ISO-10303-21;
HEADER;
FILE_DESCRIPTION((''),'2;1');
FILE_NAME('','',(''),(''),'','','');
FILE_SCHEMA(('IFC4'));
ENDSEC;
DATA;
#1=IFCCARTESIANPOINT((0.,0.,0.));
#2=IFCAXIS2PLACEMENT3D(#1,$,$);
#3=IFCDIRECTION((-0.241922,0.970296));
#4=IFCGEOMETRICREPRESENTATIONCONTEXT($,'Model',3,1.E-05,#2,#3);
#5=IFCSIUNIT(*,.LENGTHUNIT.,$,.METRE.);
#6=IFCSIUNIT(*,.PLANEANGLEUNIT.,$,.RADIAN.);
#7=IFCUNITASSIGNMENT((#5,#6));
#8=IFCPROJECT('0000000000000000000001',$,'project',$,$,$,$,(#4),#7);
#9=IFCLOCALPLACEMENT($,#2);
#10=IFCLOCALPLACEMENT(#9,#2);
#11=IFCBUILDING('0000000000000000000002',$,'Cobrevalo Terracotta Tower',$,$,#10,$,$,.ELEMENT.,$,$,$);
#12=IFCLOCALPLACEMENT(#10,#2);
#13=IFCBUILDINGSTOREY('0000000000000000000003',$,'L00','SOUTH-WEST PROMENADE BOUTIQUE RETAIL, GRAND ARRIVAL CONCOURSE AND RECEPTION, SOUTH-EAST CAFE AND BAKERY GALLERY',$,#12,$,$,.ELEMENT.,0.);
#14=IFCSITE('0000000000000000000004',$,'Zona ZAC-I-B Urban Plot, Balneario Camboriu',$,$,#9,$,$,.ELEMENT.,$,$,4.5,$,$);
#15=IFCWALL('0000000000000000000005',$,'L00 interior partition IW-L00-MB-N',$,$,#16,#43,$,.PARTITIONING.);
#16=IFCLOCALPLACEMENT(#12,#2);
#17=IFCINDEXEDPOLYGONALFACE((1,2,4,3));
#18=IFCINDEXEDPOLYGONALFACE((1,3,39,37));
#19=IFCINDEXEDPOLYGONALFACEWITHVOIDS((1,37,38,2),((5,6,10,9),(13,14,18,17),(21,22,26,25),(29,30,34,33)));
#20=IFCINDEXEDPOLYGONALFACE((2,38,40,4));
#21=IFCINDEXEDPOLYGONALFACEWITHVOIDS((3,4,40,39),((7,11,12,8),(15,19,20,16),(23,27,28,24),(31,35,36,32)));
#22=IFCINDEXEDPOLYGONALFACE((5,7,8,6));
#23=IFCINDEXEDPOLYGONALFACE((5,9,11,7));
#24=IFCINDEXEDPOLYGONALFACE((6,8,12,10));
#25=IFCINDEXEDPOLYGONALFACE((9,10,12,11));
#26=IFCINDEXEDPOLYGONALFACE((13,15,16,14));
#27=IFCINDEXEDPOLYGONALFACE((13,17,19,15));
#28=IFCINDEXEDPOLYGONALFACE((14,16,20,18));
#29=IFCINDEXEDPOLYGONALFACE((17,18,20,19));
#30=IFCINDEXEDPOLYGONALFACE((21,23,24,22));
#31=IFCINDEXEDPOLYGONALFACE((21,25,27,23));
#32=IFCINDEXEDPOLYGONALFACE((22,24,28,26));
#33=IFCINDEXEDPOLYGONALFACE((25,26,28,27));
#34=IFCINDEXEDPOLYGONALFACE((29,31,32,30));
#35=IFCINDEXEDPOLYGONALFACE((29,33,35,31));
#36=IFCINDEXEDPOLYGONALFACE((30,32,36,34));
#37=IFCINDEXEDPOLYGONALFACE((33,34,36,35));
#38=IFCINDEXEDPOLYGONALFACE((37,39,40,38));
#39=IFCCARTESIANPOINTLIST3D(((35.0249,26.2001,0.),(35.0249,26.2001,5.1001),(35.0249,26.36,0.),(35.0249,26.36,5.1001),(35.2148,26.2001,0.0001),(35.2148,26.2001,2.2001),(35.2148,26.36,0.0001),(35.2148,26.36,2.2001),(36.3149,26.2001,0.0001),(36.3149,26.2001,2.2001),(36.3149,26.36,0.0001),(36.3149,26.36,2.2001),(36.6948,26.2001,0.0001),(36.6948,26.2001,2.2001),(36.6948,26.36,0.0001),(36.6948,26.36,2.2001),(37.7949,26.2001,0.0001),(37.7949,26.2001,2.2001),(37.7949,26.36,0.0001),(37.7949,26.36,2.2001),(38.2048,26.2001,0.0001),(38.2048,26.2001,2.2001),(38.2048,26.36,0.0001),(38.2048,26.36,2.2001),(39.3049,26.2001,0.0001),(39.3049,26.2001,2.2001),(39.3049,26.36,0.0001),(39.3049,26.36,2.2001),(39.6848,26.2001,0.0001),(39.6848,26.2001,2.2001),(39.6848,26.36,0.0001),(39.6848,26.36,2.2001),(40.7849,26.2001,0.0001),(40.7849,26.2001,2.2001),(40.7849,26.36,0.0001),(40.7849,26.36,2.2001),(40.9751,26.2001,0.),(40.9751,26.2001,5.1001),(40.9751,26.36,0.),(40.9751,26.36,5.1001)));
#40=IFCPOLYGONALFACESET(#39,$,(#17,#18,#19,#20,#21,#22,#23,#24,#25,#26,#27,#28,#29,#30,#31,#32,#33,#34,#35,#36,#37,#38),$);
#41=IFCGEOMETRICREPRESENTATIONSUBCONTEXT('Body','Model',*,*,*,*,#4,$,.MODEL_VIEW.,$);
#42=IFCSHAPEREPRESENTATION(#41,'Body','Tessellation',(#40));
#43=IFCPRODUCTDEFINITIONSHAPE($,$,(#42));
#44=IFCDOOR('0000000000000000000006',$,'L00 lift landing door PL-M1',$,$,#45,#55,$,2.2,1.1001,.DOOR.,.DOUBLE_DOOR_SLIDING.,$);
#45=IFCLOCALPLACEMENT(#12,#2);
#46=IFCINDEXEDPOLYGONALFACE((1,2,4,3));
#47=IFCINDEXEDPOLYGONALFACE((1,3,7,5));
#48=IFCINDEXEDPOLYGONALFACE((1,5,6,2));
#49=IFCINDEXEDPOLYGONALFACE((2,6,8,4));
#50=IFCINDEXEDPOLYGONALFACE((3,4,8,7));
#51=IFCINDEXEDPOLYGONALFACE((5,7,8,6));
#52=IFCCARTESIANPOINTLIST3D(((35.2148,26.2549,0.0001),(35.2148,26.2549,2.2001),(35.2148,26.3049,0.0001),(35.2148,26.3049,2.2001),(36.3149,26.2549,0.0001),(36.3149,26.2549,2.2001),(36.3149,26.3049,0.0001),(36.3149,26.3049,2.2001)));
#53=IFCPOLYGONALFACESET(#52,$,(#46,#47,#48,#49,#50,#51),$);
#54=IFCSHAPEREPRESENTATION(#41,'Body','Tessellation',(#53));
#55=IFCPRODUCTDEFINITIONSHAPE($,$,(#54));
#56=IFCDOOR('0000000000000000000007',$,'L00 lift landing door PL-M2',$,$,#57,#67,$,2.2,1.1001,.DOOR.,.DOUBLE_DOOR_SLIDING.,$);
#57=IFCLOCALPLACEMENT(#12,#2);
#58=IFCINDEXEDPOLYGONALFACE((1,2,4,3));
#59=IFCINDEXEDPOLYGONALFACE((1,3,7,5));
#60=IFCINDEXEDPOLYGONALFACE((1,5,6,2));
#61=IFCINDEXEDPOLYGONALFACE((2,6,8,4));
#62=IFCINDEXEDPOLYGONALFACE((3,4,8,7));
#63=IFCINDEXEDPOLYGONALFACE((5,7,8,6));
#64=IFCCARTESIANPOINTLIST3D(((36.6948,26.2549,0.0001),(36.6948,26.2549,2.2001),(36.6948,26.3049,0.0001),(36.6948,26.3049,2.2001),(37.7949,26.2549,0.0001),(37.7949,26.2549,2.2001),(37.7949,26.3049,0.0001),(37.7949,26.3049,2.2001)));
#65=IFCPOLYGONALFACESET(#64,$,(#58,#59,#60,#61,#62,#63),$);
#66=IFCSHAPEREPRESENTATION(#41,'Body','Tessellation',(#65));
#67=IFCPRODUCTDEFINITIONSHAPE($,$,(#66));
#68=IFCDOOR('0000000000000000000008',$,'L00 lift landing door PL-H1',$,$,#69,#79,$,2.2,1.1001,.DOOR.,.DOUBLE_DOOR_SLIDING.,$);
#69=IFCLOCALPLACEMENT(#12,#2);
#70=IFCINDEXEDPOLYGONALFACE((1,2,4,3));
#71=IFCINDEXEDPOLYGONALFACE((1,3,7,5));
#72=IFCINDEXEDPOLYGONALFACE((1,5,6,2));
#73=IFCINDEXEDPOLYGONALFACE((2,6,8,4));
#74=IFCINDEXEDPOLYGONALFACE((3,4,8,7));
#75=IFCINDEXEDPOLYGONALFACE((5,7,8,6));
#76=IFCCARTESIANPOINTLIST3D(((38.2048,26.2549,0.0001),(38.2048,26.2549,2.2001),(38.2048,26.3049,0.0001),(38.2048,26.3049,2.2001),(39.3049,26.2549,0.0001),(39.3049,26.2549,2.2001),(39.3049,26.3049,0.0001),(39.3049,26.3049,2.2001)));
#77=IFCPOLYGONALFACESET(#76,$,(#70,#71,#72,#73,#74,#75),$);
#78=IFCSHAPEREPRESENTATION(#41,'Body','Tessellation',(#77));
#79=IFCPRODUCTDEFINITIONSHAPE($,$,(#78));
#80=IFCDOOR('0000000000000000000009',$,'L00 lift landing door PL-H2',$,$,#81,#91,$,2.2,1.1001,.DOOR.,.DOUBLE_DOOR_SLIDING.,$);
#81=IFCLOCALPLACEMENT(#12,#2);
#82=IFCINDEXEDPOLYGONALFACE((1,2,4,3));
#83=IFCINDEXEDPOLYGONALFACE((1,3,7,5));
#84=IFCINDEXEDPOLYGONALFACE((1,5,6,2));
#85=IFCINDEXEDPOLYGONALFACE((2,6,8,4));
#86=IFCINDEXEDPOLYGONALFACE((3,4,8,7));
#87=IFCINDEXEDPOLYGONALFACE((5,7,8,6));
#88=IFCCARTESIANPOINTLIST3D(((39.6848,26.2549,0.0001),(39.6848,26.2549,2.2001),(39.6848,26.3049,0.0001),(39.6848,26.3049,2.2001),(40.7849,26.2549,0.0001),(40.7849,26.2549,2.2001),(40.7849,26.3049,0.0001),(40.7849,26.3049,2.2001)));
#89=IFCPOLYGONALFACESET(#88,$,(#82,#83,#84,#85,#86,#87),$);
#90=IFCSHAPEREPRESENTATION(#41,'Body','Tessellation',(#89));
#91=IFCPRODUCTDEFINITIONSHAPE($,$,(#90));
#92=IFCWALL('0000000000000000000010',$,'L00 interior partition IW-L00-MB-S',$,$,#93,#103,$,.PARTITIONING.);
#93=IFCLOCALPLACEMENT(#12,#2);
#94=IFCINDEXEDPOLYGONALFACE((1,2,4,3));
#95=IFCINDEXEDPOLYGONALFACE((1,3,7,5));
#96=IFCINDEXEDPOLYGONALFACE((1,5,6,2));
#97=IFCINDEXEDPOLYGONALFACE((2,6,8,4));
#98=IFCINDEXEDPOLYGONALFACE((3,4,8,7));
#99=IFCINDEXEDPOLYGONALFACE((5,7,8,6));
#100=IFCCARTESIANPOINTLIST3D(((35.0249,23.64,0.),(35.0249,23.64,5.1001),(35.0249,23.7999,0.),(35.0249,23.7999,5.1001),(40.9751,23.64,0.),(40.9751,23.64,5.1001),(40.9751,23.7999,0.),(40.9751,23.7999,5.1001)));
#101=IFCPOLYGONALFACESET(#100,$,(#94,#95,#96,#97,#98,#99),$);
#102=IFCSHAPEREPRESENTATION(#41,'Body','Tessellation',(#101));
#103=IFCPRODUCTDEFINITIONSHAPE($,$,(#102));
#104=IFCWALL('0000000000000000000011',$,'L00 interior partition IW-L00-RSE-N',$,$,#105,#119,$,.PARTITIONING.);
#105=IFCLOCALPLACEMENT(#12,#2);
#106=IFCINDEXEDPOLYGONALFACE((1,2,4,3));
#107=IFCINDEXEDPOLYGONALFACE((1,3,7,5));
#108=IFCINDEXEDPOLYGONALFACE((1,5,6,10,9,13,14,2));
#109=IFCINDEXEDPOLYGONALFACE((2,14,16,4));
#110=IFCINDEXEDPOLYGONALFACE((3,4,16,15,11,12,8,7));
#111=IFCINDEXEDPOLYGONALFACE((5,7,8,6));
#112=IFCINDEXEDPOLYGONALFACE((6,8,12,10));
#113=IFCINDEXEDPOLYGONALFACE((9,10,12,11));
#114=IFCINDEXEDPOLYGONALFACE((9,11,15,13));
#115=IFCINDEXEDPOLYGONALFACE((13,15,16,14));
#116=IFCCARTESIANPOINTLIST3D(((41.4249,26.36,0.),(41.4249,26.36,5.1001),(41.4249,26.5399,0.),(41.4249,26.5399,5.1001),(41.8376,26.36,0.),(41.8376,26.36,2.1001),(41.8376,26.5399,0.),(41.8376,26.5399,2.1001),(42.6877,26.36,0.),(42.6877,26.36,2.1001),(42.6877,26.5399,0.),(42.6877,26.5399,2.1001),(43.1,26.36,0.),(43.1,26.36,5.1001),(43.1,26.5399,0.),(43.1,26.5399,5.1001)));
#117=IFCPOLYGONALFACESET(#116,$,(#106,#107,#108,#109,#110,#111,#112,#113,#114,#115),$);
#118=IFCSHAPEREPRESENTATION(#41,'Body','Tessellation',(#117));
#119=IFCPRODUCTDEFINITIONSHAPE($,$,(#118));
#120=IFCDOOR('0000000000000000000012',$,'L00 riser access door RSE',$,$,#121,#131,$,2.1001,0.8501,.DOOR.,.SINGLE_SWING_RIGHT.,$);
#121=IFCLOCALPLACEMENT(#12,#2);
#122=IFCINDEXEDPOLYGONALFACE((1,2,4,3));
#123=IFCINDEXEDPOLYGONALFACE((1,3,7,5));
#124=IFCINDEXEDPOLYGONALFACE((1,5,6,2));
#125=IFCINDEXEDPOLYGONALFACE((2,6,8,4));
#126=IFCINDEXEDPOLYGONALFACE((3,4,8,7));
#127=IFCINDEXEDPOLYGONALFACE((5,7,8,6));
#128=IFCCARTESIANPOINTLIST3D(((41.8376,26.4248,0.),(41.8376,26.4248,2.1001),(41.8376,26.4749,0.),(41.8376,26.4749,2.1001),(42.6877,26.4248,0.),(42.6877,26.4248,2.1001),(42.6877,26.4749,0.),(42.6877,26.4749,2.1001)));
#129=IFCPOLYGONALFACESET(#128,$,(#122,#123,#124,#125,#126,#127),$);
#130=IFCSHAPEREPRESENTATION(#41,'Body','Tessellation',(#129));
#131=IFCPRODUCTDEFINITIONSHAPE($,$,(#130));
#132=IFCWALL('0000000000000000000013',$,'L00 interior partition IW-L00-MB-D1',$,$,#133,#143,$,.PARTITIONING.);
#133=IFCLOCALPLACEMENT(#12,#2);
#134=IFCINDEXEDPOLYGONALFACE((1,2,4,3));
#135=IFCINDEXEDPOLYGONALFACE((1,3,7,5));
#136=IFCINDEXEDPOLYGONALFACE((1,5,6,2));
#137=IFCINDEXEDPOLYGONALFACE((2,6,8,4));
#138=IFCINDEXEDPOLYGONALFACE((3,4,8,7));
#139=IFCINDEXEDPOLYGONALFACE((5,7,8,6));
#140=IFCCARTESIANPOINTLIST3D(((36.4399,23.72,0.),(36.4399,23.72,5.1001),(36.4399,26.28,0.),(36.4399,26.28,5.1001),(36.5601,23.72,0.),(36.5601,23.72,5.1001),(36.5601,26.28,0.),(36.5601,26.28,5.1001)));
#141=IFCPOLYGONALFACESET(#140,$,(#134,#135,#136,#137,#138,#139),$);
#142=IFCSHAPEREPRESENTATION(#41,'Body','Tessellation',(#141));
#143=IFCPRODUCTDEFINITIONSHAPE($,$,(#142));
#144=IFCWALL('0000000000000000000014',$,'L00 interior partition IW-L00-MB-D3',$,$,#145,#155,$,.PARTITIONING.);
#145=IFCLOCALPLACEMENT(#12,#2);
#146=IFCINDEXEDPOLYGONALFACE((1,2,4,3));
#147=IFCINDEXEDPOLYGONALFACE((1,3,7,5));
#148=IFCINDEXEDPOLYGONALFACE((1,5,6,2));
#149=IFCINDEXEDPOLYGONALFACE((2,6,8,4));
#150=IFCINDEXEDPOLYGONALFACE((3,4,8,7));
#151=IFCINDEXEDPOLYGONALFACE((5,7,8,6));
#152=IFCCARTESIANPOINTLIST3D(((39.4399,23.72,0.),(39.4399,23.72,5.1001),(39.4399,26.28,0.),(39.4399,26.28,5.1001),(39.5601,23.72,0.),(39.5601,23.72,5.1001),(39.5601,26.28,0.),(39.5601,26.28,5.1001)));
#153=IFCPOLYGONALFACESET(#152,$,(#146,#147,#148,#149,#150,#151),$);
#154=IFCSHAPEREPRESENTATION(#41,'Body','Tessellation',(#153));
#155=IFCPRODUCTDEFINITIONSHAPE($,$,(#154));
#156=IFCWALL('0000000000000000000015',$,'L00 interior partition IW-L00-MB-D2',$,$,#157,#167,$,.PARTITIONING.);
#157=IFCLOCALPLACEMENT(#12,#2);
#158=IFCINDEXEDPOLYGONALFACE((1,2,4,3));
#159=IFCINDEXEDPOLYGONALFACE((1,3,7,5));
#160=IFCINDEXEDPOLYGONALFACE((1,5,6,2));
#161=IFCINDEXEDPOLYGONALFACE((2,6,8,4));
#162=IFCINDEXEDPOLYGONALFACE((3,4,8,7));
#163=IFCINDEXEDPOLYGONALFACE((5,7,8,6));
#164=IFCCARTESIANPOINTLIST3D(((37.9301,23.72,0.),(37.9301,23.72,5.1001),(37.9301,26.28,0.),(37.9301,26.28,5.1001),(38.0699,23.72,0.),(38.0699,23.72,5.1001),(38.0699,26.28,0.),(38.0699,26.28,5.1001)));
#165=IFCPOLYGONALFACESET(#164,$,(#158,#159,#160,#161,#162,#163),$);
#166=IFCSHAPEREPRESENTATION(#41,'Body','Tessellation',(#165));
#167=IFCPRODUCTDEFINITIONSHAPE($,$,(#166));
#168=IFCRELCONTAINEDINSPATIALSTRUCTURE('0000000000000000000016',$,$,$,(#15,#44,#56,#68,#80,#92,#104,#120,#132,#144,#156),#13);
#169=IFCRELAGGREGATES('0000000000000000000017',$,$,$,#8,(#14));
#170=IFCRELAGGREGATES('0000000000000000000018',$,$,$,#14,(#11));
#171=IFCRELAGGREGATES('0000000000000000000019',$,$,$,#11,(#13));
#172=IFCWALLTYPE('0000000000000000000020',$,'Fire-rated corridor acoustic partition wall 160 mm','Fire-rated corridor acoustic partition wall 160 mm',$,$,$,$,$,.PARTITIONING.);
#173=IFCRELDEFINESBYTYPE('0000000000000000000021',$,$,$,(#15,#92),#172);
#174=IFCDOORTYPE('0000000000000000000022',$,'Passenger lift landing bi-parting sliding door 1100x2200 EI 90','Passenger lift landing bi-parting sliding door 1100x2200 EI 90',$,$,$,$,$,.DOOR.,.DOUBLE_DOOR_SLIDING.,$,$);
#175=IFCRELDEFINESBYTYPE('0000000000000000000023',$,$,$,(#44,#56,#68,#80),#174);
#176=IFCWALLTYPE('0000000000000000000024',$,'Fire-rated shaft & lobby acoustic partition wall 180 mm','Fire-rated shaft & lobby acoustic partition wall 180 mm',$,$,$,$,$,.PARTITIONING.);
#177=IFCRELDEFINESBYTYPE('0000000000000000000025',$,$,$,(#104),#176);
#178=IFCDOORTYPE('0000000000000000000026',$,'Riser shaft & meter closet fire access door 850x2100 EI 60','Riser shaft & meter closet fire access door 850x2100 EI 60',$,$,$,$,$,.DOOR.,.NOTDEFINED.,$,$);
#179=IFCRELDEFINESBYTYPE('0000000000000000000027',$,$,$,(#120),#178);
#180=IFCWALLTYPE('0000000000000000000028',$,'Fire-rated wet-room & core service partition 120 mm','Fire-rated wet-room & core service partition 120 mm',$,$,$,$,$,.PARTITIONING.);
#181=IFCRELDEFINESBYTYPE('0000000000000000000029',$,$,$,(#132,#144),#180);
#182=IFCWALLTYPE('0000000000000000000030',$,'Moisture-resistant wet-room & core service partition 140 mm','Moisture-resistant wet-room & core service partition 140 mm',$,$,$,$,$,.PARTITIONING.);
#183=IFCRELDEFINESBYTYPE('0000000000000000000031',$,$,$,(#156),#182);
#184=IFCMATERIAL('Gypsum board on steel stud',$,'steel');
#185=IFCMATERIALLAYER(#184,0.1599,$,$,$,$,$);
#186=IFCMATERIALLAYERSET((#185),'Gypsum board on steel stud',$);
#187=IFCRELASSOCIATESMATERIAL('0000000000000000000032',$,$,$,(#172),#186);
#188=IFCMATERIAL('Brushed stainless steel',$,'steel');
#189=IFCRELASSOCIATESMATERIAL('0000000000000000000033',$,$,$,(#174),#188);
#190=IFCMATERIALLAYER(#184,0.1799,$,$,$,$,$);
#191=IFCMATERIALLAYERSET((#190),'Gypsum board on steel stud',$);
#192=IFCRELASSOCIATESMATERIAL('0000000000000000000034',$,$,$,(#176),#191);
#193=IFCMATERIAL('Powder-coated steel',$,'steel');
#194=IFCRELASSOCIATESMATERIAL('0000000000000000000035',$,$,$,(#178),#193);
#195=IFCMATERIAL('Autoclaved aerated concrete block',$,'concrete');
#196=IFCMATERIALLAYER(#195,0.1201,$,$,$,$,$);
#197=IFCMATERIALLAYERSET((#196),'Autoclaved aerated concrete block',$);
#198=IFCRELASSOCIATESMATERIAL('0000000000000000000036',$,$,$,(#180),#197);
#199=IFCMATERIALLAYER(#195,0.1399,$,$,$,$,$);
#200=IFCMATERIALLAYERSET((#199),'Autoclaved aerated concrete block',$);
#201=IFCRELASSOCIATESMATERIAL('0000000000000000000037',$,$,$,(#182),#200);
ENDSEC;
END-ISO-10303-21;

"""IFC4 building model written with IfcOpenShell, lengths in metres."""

from ifc_helpers import new_model, si_unit, direction, frame, frame_2d, origin, place, context, subcontext, project, spatial, rectangle, extrude, source, transform, mapped, material, layer, layer_set, type_object, element, fill, save


model = new_model("IFC4")

# Units and contexts
model_context = context("Model", 3, precision=1e-05, world=origin(), true_north=direction((-0.241922, 0.970296)))
body_context = subcontext(model_context, "Body", "Model", "MODEL_VIEW")
ifc_project = project(units=[si_unit("LENGTHUNIT", "METRE"), si_unit("PLANEANGLEUNIT", "RADIAN")], contexts=[model_context])

# Site, building, storey
site_placement = place(None, origin())
site = spatial("IfcSite", under=ifc_project, at=site_placement, Name="Zona ZAC-I-B Urban Plot, Balneario Camboriu", CompositionType="ELEMENT", RefElevation=4.5)
building_placement = place(site_placement, origin())
building = spatial("IfcBuilding", under=site, at=building_placement, Name="Cobrevalo Terracotta Tower", CompositionType="ELEMENT")
storey_placement = place(building_placement, origin())
storey = spatial("IfcBuildingStorey", under=building, at=storey_placement, Name="L00", Description="SOUTH-WEST PROMENADE BOUTIQUE RETAIL, GRAND ARRIVAL CONCOURSE AND RECEPTION, SOUTH-EAST CAFE AND BAKERY GALLERY", CompositionType="ELEMENT", Elevation=0.0)

# Wall, openings, doors
ifc_material_1 = material(Name="Gypsum board on steel stud", Category="steel")
ifc_layer_1 = layer(ifc_material_1, 0.1599)
ifc_layer_set_1 = layer_set([ifc_layer_1], Name="Gypsum board on steel stud")
wall_type_1 = type_object("IfcWallType", Name="Fire-rated corridor acoustic partition wall 160 mm", Description="Fire-rated corridor acoustic partition wall 160 mm", PredefinedType="PARTITIONING", material=ifc_layer_set_1)
wall_1_placement = place(storey_placement, frame((35.0249, 26.28, 0.0), z_axis=(0.0, 0.0, 1.0), x_axis=(1.0, 0.0, 0.0)))
wall_1 = element("IfcWall", 1, at=wall_1_placement, inside=storey, type_object=wall_type_1, Name="L00 interior partition IW-L00-MB-N", PredefinedType="PARTITIONING", context=body_context, shape_type="SweptSolid", body=[
    extrude(rectangle(XDim=5.9502, YDim=0.1599, at=frame_2d((2.9751, 0.0))), origin(), (0.0, 0.0, 1.0), 5.1001),
])
opening_1_placement = place(wall_1_placement, frame((0.1899, 0.0, 0.0)))
opening_1 = element("IfcOpeningElement", 2, at=opening_1_placement, cuts=wall_1, PredefinedType="OPENING", context=body_context, shape_type="SweptSolid", body=[
    extrude(rectangle(XDim=1.1001, YDim=2.2, at=frame_2d((0.55, 1.1001))), frame((0.0, 0.0898, 0.0), z_axis=(0.0, -1.0, 0.0), x_axis=(1.0, 0.0, 0.0)), (0.0, 0.0, 1.0), 0.1799),
])
opening_2_placement = place(wall_1_placement, frame((1.6699, 0.0, 0.0)))
opening_2 = element("IfcOpeningElement", 3, at=opening_2_placement, cuts=wall_1, PredefinedType="OPENING", context=body_context, shape_type="SweptSolid", body=[
    extrude(rectangle(XDim=1.1001, YDim=2.2, at=frame_2d((0.55, 1.1001))), frame((0.0, 0.0898, 0.0), z_axis=(0.0, -1.0, 0.0), x_axis=(1.0, 0.0, 0.0)), (0.0, 0.0, 1.0), 0.1799),
])
opening_3_placement = place(wall_1_placement, frame((3.1799, 0.0, 0.0)))
opening_3 = element("IfcOpeningElement", 4, at=opening_3_placement, cuts=wall_1, PredefinedType="OPENING", context=body_context, shape_type="SweptSolid", body=[
    extrude(rectangle(XDim=1.1001, YDim=2.2, at=frame_2d((0.55, 1.1001))), frame((0.0, 0.0898, 0.0), z_axis=(0.0, -1.0, 0.0), x_axis=(1.0, 0.0, 0.0)), (0.0, 0.0, 1.0), 0.1799),
])
opening_4_placement = place(wall_1_placement, frame((4.6599, 0.0, 0.0)))
opening_4 = element("IfcOpeningElement", 5, at=opening_4_placement, cuts=wall_1, PredefinedType="OPENING", context=body_context, shape_type="SweptSolid", body=[
    extrude(rectangle(XDim=1.1001, YDim=2.2, at=frame_2d((0.55, 1.1001))), frame((0.0, 0.0898, 0.0), z_axis=(0.0, -1.0, 0.0), x_axis=(1.0, 0.0, 0.0)), (0.0, 0.0, 1.0), 0.1799),
])
ifc_material_2 = material(Name="Brushed stainless steel", Category="steel")
door_type_1 = type_object("IfcDoorType", Name="Passenger lift landing bi-parting sliding door 1100x2200 EI 90", Description="Passenger lift landing bi-parting sliding door 1100x2200 EI 90", OperationType="DOUBLE_DOOR_SLIDING", PredefinedType="DOOR", material=ifc_material_2)
shared_shape_1 = source(origin(), body_context, "Body", "SweptSolid", [
    extrude(rectangle(XDim=1.1001, YDim=2.2, at=frame_2d((0.55, 1.1001))), frame((0.0, 0.0249, 0.0), z_axis=(0.0, -1.0, 0.0), x_axis=(1.0, 0.0, 0.0)), (0.0, 0.0, 1.0), 0.05),
])
door_1_placement = place(opening_1_placement, origin())
door_1 = element("IfcDoor", 6, at=door_1_placement, inside=storey, type_object=door_type_1, Name="L00 lift landing door PL-M1", OperationType="DOUBLE_DOOR_SLIDING", OverallHeight=2.2, OverallWidth=1.1001, PredefinedType="DOOR", context=body_context, shape_type="MappedRepresentation", body=[
    mapped(shared_shape_1, transform((0.0, 0.0, 0.0), scale=1.0)),
])
fill(opening_1, door_1)
door_2_placement = place(opening_2_placement, origin())
door_2 = element("IfcDoor", 7, at=door_2_placement, inside=storey, type_object=door_type_1, Name="L00 lift landing door PL-M2", OperationType="DOUBLE_DOOR_SLIDING", OverallHeight=2.2, OverallWidth=1.1001, PredefinedType="DOOR", context=body_context, shape_type="MappedRepresentation", body=[
    mapped(shared_shape_1, transform((0.0, 0.0, 0.0), scale=1.0)),
])
fill(opening_2, door_2)
door_3_placement = place(opening_3_placement, origin())
door_3 = element("IfcDoor", 8, at=door_3_placement, inside=storey, type_object=door_type_1, Name="L00 lift landing door PL-H1", OperationType="DOUBLE_DOOR_SLIDING", OverallHeight=2.2, OverallWidth=1.1001, PredefinedType="DOOR", context=body_context, shape_type="MappedRepresentation", body=[
    mapped(shared_shape_1, transform((0.0, 0.0, 0.0), scale=1.0)),
])
fill(opening_3, door_3)
door_4_placement = place(opening_4_placement, origin())
door_4 = element("IfcDoor", 9, at=door_4_placement, inside=storey, type_object=door_type_1, Name="L00 lift landing door PL-H2", OperationType="DOUBLE_DOOR_SLIDING", OverallHeight=2.2, OverallWidth=1.1001, PredefinedType="DOOR", context=body_context, shape_type="MappedRepresentation", body=[
    mapped(shared_shape_1, transform((0.0, 0.0, 0.0), scale=1.0)),
])
fill(opening_4, door_4)

# Wall
wall_2_placement = place(storey_placement, frame((35.0249, 23.72, 0.0), z_axis=(0.0, 0.0, 1.0), x_axis=(1.0, 0.0, 0.0)))
element("IfcWall", 10, at=wall_2_placement, inside=storey, type_object=wall_type_1, Name="L00 interior partition IW-L00-MB-S", PredefinedType="PARTITIONING", context=body_context, shape_type="SweptSolid", body=[
    extrude(rectangle(XDim=5.9502, YDim=0.1599, at=frame_2d((2.9751, 0.0))), origin(), (0.0, 0.0, 1.0), 5.1001),
])

# Wall, opening, door
ifc_layer_2 = layer(ifc_material_1, 0.1799)
ifc_layer_set_2 = layer_set([ifc_layer_2], Name="Gypsum board on steel stud")
wall_type_2 = type_object("IfcWallType", Name="Fire-rated shaft & lobby acoustic partition wall 180 mm", Description="Fire-rated shaft & lobby acoustic partition wall 180 mm", PredefinedType="PARTITIONING", material=ifc_layer_set_2)
wall_3_placement = place(storey_placement, frame((41.425, 26.45, 0.0), z_axis=(0.0, 0.0, 1.0), x_axis=(1.0, 0.0, 0.0)))
wall_3 = element("IfcWall", 11, at=wall_3_placement, inside=storey, type_object=wall_type_2, Name="L00 interior partition IW-L00-RSE-N", PredefinedType="PARTITIONING", context=body_context, shape_type="SweptSolid", body=[
    extrude(rectangle(XDim=1.675, YDim=0.1799, at=frame_2d((0.8374, 0.0))), origin(), (0.0, 0.0, 1.0), 5.1001),
])
opening_5_placement = place(wall_3_placement, frame((0.4126, 0.0, 0.0)))
opening_5 = element("IfcOpeningElement", 12, at=opening_5_placement, cuts=wall_3, PredefinedType="OPENING", context=body_context, shape_type="SweptSolid", body=[
    extrude(rectangle(XDim=0.8501, YDim=2.1001, at=frame_2d((0.425, 1.05))), frame((0.0, 0.1001, 0.0), z_axis=(0.0, -1.0, 0.0), x_axis=(1.0, 0.0, 0.0)), (0.0, 0.0, 1.0), 0.2),
])
ifc_material_3 = material(Name="Powder-coated steel", Category="steel")
door_type_2 = type_object("IfcDoorType", Name="Riser shaft & meter closet fire access door 850x2100 EI 60", Description="Riser shaft & meter closet fire access door 850x2100 EI 60", OperationType="NOTDEFINED", PredefinedType="DOOR", material=ifc_material_3)
shared_shape_2 = source(origin(), body_context, "Body", "SweptSolid", [
    extrude(rectangle(XDim=0.8501, YDim=2.1001, at=frame_2d((0.425, 1.05))), frame((0.0, 0.0249, 0.0), z_axis=(0.0, -1.0, 0.0), x_axis=(1.0, 0.0, 0.0)), (0.0, 0.0, 1.0), 0.05),
])
door_5_placement = place(opening_5_placement, origin())
door_5 = element("IfcDoor", 13, at=door_5_placement, inside=storey, type_object=door_type_2, Name="L00 riser access door RSE", OperationType="SINGLE_SWING_RIGHT", OverallHeight=2.1001, OverallWidth=0.8501, PredefinedType="DOOR", context=body_context, shape_type="MappedRepresentation", body=[
    mapped(shared_shape_2, transform((0.0, 0.0, 0.0), scale=1.0)),
])
fill(opening_5, door_5)

# Walls
ifc_material_4 = material(Name="Autoclaved aerated concrete block", Category="concrete")
ifc_layer_3 = layer(ifc_material_4, 0.1201)
ifc_layer_set_3 = layer_set([ifc_layer_3], Name="Autoclaved aerated concrete block")
wall_type_3 = type_object("IfcWallType", Name="Fire-rated wet-room & core service partition 120 mm", Description="Fire-rated wet-room & core service partition 120 mm", PredefinedType="PARTITIONING", material=ifc_layer_set_3)
for number, where, z_axis, x_axis, name in (
    (14, (36.5, 23.72, 0.0), (0.0, 0.0, 1.0), (0.0, 1.0, 0.0), "L00 interior partition IW-L00-MB-D1"),
    (15, (39.5, 23.72, 0.0), (0.0, 0.0, 1.0), (0.0, 1.0, 0.0), "L00 interior partition IW-L00-MB-D3"),
):
    element("IfcWall", number, at=place(storey_placement, frame(where, z_axis=z_axis, x_axis=x_axis)), inside=storey, type_object=wall_type_3, Name=name, PredefinedType="PARTITIONING", context=body_context, shape_type="SweptSolid", body=[
        extrude(rectangle(XDim=2.5601, YDim=0.1201, at=frame_2d((1.28, 0.0))), origin(), (0.0, 0.0, 1.0), 5.1001),
    ])
ifc_layer_4 = layer(ifc_material_4, 0.1399)
ifc_layer_set_4 = layer_set([ifc_layer_4], Name="Autoclaved aerated concrete block")
wall_type_4 = type_object("IfcWallType", Name="Moisture-resistant wet-room & core service partition 140 mm", Description="Moisture-resistant wet-room & core service partition 140 mm", PredefinedType="PARTITIONING", material=ifc_layer_set_4)
wall_4_placement = place(storey_placement, frame((38.0, 23.72, 0.0), z_axis=(0.0, 0.0, 1.0), x_axis=(0.0, 1.0, 0.0)))
element("IfcWall", 16, at=wall_4_placement, inside=storey, type_object=wall_type_4, Name="L00 interior partition IW-L00-MB-D2", PredefinedType="PARTITIONING", context=body_context, shape_type="SweptSolid", body=[
    extrude(rectangle(XDim=2.5601, YDim=0.1399, at=frame_2d((1.28, 0.0))), origin(), (0.0, 0.0, 1.0), 5.1001),
])

save(model, "model.ifc")
